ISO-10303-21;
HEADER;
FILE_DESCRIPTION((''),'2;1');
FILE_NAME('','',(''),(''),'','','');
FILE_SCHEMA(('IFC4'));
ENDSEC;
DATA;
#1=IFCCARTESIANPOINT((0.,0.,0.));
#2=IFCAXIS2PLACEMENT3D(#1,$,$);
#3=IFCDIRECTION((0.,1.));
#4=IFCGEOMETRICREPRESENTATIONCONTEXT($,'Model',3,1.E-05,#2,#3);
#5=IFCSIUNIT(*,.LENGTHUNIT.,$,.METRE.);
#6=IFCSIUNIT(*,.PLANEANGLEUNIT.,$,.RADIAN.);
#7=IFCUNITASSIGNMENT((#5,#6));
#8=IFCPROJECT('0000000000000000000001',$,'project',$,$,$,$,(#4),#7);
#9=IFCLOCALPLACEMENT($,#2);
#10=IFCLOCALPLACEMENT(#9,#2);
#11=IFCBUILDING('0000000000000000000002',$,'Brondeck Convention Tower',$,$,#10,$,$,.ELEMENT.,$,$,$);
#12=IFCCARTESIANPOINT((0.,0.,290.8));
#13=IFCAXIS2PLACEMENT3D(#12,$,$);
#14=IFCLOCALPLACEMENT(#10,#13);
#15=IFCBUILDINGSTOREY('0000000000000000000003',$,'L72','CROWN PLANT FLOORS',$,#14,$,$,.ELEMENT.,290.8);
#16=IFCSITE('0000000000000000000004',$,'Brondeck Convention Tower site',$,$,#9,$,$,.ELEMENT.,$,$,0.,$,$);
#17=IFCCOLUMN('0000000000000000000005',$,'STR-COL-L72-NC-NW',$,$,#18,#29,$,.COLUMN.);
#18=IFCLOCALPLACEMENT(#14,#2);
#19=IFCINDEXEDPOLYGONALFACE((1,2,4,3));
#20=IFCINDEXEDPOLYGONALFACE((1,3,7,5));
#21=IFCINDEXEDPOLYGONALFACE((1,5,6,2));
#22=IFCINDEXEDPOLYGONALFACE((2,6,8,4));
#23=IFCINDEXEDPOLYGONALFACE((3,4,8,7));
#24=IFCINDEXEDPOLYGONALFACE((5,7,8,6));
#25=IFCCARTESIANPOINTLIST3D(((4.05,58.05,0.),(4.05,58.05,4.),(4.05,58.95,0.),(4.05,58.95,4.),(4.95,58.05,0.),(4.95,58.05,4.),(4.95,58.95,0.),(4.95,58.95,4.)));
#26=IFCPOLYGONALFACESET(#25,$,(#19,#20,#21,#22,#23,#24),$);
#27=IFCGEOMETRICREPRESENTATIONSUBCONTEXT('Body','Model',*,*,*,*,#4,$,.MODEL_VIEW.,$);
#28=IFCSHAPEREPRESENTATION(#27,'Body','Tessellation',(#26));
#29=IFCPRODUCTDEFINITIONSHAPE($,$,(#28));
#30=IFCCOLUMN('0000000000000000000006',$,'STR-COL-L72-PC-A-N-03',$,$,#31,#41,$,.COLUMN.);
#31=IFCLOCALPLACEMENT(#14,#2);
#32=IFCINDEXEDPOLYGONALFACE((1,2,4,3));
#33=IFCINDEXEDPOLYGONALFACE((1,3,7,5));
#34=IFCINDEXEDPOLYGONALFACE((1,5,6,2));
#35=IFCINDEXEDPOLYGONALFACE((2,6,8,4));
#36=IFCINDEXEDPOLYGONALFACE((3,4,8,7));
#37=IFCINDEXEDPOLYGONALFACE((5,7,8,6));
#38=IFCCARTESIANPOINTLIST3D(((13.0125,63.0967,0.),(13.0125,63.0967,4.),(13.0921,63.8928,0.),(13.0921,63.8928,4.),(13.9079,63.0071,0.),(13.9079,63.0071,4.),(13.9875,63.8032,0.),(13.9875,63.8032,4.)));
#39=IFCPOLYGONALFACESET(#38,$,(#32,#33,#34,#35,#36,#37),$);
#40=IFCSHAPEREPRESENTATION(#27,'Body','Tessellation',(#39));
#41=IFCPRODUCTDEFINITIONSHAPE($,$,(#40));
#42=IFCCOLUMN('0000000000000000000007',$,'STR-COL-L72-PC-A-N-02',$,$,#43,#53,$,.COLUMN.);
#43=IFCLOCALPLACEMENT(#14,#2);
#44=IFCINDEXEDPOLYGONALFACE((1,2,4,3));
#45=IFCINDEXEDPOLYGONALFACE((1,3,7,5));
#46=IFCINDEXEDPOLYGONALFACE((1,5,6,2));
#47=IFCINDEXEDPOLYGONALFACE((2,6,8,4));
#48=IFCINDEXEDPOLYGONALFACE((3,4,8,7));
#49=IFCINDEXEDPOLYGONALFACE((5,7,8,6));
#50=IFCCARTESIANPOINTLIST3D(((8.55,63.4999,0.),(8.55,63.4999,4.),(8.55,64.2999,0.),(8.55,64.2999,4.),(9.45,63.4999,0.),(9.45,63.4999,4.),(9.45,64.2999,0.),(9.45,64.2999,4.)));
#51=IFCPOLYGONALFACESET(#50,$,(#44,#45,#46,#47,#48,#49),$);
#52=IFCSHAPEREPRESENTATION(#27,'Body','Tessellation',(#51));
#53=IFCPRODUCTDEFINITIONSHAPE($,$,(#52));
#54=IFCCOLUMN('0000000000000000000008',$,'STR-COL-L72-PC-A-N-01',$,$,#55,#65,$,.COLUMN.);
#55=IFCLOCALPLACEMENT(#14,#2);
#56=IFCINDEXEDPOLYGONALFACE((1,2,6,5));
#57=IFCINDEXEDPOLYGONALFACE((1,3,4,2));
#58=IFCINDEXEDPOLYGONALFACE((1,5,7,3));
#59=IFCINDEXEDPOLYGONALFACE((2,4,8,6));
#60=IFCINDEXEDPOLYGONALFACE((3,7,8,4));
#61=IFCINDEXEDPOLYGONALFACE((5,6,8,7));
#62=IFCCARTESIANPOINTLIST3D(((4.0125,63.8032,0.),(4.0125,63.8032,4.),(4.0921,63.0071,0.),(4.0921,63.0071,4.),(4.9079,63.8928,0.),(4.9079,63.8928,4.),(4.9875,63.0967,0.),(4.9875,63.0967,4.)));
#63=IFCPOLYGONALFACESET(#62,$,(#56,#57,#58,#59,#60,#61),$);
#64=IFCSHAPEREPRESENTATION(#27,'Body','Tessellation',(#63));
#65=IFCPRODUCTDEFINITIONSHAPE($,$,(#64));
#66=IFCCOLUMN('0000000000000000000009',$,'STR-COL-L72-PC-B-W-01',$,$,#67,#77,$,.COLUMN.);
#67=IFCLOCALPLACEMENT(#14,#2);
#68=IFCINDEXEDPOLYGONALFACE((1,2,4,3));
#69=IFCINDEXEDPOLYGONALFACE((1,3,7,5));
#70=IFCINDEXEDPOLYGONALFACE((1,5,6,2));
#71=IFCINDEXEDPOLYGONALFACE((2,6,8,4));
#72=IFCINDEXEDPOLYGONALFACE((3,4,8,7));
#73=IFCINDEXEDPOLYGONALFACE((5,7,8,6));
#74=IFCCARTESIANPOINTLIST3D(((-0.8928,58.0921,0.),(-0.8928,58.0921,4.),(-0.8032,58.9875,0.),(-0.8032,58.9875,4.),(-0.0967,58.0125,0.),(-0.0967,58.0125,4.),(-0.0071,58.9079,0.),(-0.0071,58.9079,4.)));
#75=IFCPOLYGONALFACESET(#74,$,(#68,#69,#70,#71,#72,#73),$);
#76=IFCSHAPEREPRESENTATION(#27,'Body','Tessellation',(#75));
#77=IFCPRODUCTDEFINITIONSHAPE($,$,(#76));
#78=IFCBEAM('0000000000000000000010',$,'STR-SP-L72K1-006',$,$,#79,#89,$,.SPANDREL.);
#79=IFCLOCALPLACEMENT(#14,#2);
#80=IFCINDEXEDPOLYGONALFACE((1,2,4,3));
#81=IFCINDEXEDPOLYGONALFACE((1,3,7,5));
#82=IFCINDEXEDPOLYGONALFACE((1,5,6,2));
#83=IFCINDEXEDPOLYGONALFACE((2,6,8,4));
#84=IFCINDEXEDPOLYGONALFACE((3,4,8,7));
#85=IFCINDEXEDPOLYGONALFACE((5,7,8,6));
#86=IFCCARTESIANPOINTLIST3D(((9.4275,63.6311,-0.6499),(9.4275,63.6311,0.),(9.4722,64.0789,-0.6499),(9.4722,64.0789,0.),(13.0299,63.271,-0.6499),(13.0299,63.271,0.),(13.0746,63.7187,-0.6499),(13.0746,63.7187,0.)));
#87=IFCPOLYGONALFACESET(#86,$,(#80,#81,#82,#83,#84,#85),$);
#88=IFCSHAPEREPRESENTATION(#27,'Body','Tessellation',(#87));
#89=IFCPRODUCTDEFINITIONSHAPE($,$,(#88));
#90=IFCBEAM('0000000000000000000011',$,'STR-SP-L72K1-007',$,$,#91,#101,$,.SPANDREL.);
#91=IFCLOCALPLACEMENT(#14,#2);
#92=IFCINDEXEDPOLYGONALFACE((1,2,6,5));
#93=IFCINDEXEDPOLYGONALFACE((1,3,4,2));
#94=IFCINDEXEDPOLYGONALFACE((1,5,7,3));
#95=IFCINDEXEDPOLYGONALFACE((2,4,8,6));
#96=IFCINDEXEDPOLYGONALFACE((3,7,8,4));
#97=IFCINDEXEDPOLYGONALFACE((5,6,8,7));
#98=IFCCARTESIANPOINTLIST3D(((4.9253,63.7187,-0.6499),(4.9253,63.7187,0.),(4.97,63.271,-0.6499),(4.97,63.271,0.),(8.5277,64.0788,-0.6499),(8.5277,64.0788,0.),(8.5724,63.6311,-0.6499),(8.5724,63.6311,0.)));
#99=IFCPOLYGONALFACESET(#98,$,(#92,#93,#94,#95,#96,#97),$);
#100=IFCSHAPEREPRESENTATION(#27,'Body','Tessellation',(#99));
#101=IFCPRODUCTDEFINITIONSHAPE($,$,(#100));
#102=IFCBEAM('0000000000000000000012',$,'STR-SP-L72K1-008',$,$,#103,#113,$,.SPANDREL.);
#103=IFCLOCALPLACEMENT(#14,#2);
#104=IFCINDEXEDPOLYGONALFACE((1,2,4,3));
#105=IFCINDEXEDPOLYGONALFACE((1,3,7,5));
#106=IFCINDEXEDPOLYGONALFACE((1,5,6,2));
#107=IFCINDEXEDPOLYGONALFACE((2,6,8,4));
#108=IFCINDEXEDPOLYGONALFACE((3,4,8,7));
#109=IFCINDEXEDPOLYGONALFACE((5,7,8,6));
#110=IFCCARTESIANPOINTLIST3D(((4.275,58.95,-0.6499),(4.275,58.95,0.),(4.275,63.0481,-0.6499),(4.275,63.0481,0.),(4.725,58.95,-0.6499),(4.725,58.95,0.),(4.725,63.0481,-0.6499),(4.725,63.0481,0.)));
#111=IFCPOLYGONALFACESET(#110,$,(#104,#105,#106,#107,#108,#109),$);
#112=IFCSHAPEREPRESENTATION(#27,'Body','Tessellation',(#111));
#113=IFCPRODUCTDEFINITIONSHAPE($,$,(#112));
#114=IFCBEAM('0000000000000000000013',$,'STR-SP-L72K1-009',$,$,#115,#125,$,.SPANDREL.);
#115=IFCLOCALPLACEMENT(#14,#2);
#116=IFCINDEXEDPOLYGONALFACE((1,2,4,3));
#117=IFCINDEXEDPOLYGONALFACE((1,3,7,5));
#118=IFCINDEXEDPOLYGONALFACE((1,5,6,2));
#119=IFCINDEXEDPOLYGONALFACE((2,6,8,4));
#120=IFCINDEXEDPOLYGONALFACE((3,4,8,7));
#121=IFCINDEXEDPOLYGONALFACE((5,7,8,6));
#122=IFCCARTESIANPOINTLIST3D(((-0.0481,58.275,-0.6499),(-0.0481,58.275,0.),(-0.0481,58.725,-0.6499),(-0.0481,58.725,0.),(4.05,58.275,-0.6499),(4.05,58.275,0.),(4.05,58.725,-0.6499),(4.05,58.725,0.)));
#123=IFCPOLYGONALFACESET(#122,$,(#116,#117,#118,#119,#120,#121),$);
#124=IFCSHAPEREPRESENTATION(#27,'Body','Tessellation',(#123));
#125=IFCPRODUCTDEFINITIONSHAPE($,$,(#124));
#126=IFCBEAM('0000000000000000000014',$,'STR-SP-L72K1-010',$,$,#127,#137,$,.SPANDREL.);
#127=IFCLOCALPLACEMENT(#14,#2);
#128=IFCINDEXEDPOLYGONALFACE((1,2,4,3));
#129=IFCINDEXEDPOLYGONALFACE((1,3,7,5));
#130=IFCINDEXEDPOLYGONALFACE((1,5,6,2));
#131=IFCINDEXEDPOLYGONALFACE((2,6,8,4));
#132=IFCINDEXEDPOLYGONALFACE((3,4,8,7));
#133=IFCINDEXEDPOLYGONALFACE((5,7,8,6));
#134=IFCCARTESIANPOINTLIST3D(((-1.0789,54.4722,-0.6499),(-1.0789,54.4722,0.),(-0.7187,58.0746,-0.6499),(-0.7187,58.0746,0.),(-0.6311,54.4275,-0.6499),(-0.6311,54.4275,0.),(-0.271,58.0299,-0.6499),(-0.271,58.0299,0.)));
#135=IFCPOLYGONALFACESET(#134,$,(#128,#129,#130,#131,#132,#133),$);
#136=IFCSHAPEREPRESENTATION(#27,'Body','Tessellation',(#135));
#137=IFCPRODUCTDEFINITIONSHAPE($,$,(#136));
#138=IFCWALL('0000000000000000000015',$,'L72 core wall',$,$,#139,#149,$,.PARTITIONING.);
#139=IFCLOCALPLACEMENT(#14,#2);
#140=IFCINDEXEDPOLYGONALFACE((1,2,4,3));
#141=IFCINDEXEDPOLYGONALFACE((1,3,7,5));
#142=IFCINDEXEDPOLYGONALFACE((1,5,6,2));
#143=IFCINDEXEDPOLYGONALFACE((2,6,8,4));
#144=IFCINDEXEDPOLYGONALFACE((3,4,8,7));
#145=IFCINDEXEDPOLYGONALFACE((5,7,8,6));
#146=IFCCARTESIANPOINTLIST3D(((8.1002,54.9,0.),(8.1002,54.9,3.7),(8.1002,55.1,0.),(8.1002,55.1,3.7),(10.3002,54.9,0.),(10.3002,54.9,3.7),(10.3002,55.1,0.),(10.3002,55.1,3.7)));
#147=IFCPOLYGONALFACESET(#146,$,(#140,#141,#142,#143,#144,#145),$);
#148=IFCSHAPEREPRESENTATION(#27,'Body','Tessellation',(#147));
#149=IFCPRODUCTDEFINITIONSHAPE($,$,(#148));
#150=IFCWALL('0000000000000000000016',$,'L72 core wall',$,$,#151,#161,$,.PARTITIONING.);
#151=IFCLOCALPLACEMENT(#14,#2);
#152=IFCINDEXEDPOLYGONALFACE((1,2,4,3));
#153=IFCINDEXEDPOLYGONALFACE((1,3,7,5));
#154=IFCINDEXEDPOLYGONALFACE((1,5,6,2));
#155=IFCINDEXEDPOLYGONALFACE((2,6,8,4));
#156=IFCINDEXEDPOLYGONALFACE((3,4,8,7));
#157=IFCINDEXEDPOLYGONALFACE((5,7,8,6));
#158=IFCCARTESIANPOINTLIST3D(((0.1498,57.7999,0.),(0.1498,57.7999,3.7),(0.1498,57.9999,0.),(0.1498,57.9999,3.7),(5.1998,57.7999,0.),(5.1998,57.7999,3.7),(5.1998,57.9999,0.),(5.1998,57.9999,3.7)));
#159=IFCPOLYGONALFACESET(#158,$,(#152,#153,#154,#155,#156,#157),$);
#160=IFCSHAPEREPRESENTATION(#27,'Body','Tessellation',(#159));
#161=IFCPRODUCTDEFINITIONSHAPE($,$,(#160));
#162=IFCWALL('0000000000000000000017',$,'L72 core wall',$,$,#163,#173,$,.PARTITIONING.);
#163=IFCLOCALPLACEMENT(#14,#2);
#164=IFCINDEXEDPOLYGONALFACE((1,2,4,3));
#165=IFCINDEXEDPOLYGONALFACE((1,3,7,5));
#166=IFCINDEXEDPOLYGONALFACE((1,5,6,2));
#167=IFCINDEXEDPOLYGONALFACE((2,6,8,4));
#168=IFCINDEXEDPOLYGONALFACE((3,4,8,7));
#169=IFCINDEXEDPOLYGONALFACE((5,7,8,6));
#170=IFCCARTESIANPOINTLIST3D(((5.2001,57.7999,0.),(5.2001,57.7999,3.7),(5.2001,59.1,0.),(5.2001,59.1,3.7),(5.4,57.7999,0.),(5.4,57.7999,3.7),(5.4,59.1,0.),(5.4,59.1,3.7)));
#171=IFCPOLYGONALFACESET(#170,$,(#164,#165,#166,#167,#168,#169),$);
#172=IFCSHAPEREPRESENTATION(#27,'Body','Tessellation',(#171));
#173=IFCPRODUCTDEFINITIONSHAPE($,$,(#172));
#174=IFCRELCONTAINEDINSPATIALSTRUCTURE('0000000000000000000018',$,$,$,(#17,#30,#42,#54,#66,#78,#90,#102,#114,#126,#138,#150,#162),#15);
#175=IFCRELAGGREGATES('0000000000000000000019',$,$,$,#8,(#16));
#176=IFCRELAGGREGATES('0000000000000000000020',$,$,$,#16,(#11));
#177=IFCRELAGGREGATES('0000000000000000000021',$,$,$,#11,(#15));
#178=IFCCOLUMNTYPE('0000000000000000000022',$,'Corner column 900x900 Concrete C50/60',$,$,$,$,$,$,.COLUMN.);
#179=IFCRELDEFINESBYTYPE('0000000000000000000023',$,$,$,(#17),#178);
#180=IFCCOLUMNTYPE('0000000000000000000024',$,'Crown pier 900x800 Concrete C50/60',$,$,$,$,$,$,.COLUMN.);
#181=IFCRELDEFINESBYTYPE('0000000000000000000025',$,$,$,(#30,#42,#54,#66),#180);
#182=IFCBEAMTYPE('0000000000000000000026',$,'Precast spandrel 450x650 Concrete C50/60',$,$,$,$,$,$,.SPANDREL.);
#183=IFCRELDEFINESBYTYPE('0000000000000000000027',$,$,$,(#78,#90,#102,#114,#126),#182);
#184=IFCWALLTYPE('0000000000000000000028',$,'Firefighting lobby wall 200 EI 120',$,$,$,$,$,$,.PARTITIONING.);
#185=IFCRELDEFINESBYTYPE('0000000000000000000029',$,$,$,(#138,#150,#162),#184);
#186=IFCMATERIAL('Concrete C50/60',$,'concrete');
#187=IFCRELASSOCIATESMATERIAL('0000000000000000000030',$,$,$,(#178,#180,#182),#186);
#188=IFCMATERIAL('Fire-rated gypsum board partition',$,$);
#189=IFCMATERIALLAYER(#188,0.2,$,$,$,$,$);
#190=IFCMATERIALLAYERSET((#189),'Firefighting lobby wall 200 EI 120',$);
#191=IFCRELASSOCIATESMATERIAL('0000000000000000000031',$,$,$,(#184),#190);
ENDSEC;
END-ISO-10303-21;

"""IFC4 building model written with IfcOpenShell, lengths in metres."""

from ifc_helpers import new_model, si_unit, direction, frame, frame_2d, origin, origin_2d, place, context, subcontext, project, spatial, rectangle, extrude, material, layer, layer_set, material_profile, profile_set, type_object, element, save


model = new_model("IFC4")

# Units and contexts
model_context = context("Model", 3, precision=1e-05, world=origin(), true_north=direction((0.0, 1.0)))
body_context = subcontext(model_context, "Body", "Model", "MODEL_VIEW")
ifc_project = project(units=[si_unit("LENGTHUNIT", "METRE"), si_unit("PLANEANGLEUNIT", "RADIAN")], contexts=[model_context])

# Site, building, storey
site_placement = place(None, origin())
site = spatial("IfcSite", under=ifc_project, at=site_placement, Name="Brondeck Convention Tower site", CompositionType="ELEMENT", RefElevation=0.0)
building_placement = place(site_placement, origin())
building = spatial("IfcBuilding", under=site, at=building_placement, Name="Brondeck Convention Tower", CompositionType="ELEMENT")
storey_placement = place(building_placement, frame((0.0, 0.0, 290.8)))
storey = spatial("IfcBuildingStorey", under=building, at=storey_placement, Name="L72", Description="CROWN PLANT FLOORS", CompositionType="ELEMENT", Elevation=290.8)

# Columns
ifc_material_1 = material(Name="Concrete C50/60", Category="concrete")
ifc_material_profile_1 = material_profile(ifc_material_1, rectangle(XDim=0.8999, YDim=0.8999, at=origin_2d()), Name="Corner column 900x900 Concrete C50/60")
ifc_profile_set_1 = profile_set([ifc_material_profile_1], Name="Concrete C50/60")
column_type_1 = type_object("IfcColumnType", Name="Corner column 900x900 Concrete C50/60", PredefinedType="COLUMN", material=ifc_profile_set_1)
column_placement = place(storey_placement, frame((4.5, 58.5, 0.0), z_axis=(0.0, 0.0, 1.0), x_axis=(1.0, 0.0, 0.0)))
element("IfcColumn", 1, at=column_placement, inside=storey, type_object=column_type_1, Name="STR-COL-L72-NC-NW", PredefinedType="COLUMN", context=body_context, shape_type="SweptSolid", body=[
    extrude(rectangle(XDim=0.8999, YDim=0.8999, at=origin_2d()), origin(), (0.0, 0.0, 1.0), 4.0),
])
ifc_material_profile_2 = material_profile(ifc_material_1, rectangle(XDim=0.8999, YDim=0.8, at=origin_2d()), Name="Crown pier 900x800 Concrete C50/60")
ifc_profile_set_2 = profile_set([ifc_material_profile_2], Name="Concrete C50/60")
column_type_2 = type_object("IfcColumnType", Name="Crown pier 900x800 Concrete C50/60", PredefinedType="COLUMN", material=ifc_profile_set_2)
for number, where, z_axis, x_axis, name in (
    (2, (13.5, 63.45, 0.0), (0.0, 0.0, 1.0), (-0.995037, 0.099504, 0.0), "STR-COL-L72-PC-A-N-03"),
    (3, (9.0, 63.8999, 0.0), (0.0, 0.0, 1.0), (-1.0, 0.0, 0.0), "STR-COL-L72-PC-A-N-02"),
    (4, (4.5, 63.45, 0.0), (0.0, 0.0, 1.0), (-0.995037, -0.099504, 0.0), "STR-COL-L72-PC-A-N-01"),
    (5, (-0.45, 58.5, 0.0), (0.0, 0.0, 1.0), (-0.099504, -0.995037, 0.0), "STR-COL-L72-PC-B-W-01"),
):
    element("IfcColumn", number, at=place(storey_placement, frame(where, z_axis=z_axis, x_axis=x_axis)), inside=storey, type_object=column_type_2, Name=name, PredefinedType="COLUMN", context=body_context, shape_type="SweptSolid", body=[
        extrude(rectangle(XDim=0.8999, YDim=0.8, at=origin_2d()), origin(), (0.0, 0.0, 1.0), 4.0),
    ])

# Beams
ifc_material_profile_3 = material_profile(ifc_material_1, rectangle(XDim=0.45, YDim=0.6499, at=origin_2d()), Name="Precast spandrel 450x650 Concrete C50/60")
ifc_profile_set_3 = profile_set([ifc_material_profile_3], Name="Concrete C50/60")
beam_type = type_object("IfcBeamType", Name="Precast spandrel 450x650 Concrete C50/60", PredefinedType="SPANDREL", material=ifc_profile_set_3)
for number, where, z_axis, x_axis, name in (
    (6, (13.0522, 63.4949, -0.325), (-0.995041, 0.09947, 0.0), (-0.09947, -0.995041, 0.0), "STR-SP-L72K1-006"),
    (7, (8.55, 63.855, -0.325), (-0.995041, -0.09947, 0.0), (0.09947, -0.995041, 0.0), "STR-SP-L72K1-007"),
):
    element("IfcBeam", number, at=place(storey_placement, frame(where, z_axis=z_axis, x_axis=x_axis)), inside=storey, type_object=beam_type, Name=name, PredefinedType="SPANDREL", context=body_context, shape_type="SweptSolid", body=[
        extrude(rectangle(XDim=0.45, YDim=0.6499, at=origin_2d()), origin(), (0.0, 0.0, 1.0), 3.6204),
    ])
for number, where, z_axis, x_axis, name in (
    (8, (4.5, 63.0481, -0.325), (0.0, -1.0, 0.0), (1.0, 0.0, 0.0), "STR-SP-L72K1-008"),
    (9, (4.05, 58.5, -0.325), (-1.0, 0.0, 0.0), (0.0, -1.0, 0.0), "STR-SP-L72K1-009"),
):
    element("IfcBeam", number, at=place(storey_placement, frame(where, z_axis=z_axis, x_axis=x_axis)), inside=storey, type_object=beam_type, Name=name, PredefinedType="SPANDREL", context=body_context, shape_type="SweptSolid", body=[
        extrude(rectangle(XDim=0.45, YDim=0.6499, at=origin_2d()), origin(), (0.0, 0.0, 1.0), 4.0981),
    ])
beam_placement = place(storey_placement, frame((-0.4949, 58.0522, -0.325), z_axis=(-0.09947, -0.995041, 0.0), x_axis=(0.995041, -0.09947, 0.0)))
element("IfcBeam", 10, at=beam_placement, inside=storey, type_object=beam_type, Name="STR-SP-L72K1-010", PredefinedType="SPANDREL", context=body_context, shape_type="SweptSolid", body=[
    extrude(rectangle(XDim=0.45, YDim=0.6499, at=origin_2d()), origin(), (0.0, 0.0, 1.0), 3.6204),
])

# Walls
ifc_material_2 = material(Name="Fire-rated gypsum board partition")
ifc_layer_1 = layer(ifc_material_2, 0.2)
ifc_layer_set_1 = layer_set([ifc_layer_1], Name="Firefighting lobby wall 200 EI 120")
wall_type_1 = type_object("IfcWallType", Name="Firefighting lobby wall 200 EI 120", PredefinedType="PARTITIONING", material=ifc_layer_set_1)
wall_1_placement = place(storey_placement, frame((8.1001, 55.0, 0.0), z_axis=(0.0, 0.0, 1.0), x_axis=(1.0, 0.0, 0.0)))
element("IfcWall", 11, at=wall_1_placement, inside=storey, type_object=wall_type_1, Name="L72 core wall", PredefinedType="PARTITIONING", context=body_context, shape_type="SweptSolid", body=[
    extrude(rectangle(XDim=2.2, YDim=0.2, at=frame_2d((1.1001, 0.0))), origin(), (0.0, 0.0, 1.0), 3.7),
])
wall_2_placement = place(storey_placement, frame((0.1499, 57.8999, 0.0), z_axis=(0.0, 0.0, 1.0), x_axis=(1.0, 0.0, 0.0)))
element("IfcWall", 12, at=wall_2_placement, inside=storey, type_object=wall_type_1, Name="L72 core wall", PredefinedType="PARTITIONING", context=body_context, shape_type="SweptSolid", body=[
    extrude(rectangle(XDim=5.05, YDim=0.2, at=frame_2d((2.5249, 0.0))), origin(), (0.0, 0.0, 1.0), 3.7),
])
wall_3_placement = place(storey_placement, frame((5.3, 57.8, 0.0), z_axis=(0.0, 0.0, 1.0), x_axis=(0.0, 1.0, 0.0)))
element("IfcWall", 13, at=wall_3_placement, inside=storey, type_object=wall_type_1, Name="L72 core wall", PredefinedType="PARTITIONING", context=body_context, shape_type="SweptSolid", body=[
    extrude(rectangle(XDim=1.3, YDim=0.2, at=frame_2d((0.6499, 0.0))), origin(), (0.0, 0.0, 1.0), 3.7),
])

save(model, "model.ifc")
